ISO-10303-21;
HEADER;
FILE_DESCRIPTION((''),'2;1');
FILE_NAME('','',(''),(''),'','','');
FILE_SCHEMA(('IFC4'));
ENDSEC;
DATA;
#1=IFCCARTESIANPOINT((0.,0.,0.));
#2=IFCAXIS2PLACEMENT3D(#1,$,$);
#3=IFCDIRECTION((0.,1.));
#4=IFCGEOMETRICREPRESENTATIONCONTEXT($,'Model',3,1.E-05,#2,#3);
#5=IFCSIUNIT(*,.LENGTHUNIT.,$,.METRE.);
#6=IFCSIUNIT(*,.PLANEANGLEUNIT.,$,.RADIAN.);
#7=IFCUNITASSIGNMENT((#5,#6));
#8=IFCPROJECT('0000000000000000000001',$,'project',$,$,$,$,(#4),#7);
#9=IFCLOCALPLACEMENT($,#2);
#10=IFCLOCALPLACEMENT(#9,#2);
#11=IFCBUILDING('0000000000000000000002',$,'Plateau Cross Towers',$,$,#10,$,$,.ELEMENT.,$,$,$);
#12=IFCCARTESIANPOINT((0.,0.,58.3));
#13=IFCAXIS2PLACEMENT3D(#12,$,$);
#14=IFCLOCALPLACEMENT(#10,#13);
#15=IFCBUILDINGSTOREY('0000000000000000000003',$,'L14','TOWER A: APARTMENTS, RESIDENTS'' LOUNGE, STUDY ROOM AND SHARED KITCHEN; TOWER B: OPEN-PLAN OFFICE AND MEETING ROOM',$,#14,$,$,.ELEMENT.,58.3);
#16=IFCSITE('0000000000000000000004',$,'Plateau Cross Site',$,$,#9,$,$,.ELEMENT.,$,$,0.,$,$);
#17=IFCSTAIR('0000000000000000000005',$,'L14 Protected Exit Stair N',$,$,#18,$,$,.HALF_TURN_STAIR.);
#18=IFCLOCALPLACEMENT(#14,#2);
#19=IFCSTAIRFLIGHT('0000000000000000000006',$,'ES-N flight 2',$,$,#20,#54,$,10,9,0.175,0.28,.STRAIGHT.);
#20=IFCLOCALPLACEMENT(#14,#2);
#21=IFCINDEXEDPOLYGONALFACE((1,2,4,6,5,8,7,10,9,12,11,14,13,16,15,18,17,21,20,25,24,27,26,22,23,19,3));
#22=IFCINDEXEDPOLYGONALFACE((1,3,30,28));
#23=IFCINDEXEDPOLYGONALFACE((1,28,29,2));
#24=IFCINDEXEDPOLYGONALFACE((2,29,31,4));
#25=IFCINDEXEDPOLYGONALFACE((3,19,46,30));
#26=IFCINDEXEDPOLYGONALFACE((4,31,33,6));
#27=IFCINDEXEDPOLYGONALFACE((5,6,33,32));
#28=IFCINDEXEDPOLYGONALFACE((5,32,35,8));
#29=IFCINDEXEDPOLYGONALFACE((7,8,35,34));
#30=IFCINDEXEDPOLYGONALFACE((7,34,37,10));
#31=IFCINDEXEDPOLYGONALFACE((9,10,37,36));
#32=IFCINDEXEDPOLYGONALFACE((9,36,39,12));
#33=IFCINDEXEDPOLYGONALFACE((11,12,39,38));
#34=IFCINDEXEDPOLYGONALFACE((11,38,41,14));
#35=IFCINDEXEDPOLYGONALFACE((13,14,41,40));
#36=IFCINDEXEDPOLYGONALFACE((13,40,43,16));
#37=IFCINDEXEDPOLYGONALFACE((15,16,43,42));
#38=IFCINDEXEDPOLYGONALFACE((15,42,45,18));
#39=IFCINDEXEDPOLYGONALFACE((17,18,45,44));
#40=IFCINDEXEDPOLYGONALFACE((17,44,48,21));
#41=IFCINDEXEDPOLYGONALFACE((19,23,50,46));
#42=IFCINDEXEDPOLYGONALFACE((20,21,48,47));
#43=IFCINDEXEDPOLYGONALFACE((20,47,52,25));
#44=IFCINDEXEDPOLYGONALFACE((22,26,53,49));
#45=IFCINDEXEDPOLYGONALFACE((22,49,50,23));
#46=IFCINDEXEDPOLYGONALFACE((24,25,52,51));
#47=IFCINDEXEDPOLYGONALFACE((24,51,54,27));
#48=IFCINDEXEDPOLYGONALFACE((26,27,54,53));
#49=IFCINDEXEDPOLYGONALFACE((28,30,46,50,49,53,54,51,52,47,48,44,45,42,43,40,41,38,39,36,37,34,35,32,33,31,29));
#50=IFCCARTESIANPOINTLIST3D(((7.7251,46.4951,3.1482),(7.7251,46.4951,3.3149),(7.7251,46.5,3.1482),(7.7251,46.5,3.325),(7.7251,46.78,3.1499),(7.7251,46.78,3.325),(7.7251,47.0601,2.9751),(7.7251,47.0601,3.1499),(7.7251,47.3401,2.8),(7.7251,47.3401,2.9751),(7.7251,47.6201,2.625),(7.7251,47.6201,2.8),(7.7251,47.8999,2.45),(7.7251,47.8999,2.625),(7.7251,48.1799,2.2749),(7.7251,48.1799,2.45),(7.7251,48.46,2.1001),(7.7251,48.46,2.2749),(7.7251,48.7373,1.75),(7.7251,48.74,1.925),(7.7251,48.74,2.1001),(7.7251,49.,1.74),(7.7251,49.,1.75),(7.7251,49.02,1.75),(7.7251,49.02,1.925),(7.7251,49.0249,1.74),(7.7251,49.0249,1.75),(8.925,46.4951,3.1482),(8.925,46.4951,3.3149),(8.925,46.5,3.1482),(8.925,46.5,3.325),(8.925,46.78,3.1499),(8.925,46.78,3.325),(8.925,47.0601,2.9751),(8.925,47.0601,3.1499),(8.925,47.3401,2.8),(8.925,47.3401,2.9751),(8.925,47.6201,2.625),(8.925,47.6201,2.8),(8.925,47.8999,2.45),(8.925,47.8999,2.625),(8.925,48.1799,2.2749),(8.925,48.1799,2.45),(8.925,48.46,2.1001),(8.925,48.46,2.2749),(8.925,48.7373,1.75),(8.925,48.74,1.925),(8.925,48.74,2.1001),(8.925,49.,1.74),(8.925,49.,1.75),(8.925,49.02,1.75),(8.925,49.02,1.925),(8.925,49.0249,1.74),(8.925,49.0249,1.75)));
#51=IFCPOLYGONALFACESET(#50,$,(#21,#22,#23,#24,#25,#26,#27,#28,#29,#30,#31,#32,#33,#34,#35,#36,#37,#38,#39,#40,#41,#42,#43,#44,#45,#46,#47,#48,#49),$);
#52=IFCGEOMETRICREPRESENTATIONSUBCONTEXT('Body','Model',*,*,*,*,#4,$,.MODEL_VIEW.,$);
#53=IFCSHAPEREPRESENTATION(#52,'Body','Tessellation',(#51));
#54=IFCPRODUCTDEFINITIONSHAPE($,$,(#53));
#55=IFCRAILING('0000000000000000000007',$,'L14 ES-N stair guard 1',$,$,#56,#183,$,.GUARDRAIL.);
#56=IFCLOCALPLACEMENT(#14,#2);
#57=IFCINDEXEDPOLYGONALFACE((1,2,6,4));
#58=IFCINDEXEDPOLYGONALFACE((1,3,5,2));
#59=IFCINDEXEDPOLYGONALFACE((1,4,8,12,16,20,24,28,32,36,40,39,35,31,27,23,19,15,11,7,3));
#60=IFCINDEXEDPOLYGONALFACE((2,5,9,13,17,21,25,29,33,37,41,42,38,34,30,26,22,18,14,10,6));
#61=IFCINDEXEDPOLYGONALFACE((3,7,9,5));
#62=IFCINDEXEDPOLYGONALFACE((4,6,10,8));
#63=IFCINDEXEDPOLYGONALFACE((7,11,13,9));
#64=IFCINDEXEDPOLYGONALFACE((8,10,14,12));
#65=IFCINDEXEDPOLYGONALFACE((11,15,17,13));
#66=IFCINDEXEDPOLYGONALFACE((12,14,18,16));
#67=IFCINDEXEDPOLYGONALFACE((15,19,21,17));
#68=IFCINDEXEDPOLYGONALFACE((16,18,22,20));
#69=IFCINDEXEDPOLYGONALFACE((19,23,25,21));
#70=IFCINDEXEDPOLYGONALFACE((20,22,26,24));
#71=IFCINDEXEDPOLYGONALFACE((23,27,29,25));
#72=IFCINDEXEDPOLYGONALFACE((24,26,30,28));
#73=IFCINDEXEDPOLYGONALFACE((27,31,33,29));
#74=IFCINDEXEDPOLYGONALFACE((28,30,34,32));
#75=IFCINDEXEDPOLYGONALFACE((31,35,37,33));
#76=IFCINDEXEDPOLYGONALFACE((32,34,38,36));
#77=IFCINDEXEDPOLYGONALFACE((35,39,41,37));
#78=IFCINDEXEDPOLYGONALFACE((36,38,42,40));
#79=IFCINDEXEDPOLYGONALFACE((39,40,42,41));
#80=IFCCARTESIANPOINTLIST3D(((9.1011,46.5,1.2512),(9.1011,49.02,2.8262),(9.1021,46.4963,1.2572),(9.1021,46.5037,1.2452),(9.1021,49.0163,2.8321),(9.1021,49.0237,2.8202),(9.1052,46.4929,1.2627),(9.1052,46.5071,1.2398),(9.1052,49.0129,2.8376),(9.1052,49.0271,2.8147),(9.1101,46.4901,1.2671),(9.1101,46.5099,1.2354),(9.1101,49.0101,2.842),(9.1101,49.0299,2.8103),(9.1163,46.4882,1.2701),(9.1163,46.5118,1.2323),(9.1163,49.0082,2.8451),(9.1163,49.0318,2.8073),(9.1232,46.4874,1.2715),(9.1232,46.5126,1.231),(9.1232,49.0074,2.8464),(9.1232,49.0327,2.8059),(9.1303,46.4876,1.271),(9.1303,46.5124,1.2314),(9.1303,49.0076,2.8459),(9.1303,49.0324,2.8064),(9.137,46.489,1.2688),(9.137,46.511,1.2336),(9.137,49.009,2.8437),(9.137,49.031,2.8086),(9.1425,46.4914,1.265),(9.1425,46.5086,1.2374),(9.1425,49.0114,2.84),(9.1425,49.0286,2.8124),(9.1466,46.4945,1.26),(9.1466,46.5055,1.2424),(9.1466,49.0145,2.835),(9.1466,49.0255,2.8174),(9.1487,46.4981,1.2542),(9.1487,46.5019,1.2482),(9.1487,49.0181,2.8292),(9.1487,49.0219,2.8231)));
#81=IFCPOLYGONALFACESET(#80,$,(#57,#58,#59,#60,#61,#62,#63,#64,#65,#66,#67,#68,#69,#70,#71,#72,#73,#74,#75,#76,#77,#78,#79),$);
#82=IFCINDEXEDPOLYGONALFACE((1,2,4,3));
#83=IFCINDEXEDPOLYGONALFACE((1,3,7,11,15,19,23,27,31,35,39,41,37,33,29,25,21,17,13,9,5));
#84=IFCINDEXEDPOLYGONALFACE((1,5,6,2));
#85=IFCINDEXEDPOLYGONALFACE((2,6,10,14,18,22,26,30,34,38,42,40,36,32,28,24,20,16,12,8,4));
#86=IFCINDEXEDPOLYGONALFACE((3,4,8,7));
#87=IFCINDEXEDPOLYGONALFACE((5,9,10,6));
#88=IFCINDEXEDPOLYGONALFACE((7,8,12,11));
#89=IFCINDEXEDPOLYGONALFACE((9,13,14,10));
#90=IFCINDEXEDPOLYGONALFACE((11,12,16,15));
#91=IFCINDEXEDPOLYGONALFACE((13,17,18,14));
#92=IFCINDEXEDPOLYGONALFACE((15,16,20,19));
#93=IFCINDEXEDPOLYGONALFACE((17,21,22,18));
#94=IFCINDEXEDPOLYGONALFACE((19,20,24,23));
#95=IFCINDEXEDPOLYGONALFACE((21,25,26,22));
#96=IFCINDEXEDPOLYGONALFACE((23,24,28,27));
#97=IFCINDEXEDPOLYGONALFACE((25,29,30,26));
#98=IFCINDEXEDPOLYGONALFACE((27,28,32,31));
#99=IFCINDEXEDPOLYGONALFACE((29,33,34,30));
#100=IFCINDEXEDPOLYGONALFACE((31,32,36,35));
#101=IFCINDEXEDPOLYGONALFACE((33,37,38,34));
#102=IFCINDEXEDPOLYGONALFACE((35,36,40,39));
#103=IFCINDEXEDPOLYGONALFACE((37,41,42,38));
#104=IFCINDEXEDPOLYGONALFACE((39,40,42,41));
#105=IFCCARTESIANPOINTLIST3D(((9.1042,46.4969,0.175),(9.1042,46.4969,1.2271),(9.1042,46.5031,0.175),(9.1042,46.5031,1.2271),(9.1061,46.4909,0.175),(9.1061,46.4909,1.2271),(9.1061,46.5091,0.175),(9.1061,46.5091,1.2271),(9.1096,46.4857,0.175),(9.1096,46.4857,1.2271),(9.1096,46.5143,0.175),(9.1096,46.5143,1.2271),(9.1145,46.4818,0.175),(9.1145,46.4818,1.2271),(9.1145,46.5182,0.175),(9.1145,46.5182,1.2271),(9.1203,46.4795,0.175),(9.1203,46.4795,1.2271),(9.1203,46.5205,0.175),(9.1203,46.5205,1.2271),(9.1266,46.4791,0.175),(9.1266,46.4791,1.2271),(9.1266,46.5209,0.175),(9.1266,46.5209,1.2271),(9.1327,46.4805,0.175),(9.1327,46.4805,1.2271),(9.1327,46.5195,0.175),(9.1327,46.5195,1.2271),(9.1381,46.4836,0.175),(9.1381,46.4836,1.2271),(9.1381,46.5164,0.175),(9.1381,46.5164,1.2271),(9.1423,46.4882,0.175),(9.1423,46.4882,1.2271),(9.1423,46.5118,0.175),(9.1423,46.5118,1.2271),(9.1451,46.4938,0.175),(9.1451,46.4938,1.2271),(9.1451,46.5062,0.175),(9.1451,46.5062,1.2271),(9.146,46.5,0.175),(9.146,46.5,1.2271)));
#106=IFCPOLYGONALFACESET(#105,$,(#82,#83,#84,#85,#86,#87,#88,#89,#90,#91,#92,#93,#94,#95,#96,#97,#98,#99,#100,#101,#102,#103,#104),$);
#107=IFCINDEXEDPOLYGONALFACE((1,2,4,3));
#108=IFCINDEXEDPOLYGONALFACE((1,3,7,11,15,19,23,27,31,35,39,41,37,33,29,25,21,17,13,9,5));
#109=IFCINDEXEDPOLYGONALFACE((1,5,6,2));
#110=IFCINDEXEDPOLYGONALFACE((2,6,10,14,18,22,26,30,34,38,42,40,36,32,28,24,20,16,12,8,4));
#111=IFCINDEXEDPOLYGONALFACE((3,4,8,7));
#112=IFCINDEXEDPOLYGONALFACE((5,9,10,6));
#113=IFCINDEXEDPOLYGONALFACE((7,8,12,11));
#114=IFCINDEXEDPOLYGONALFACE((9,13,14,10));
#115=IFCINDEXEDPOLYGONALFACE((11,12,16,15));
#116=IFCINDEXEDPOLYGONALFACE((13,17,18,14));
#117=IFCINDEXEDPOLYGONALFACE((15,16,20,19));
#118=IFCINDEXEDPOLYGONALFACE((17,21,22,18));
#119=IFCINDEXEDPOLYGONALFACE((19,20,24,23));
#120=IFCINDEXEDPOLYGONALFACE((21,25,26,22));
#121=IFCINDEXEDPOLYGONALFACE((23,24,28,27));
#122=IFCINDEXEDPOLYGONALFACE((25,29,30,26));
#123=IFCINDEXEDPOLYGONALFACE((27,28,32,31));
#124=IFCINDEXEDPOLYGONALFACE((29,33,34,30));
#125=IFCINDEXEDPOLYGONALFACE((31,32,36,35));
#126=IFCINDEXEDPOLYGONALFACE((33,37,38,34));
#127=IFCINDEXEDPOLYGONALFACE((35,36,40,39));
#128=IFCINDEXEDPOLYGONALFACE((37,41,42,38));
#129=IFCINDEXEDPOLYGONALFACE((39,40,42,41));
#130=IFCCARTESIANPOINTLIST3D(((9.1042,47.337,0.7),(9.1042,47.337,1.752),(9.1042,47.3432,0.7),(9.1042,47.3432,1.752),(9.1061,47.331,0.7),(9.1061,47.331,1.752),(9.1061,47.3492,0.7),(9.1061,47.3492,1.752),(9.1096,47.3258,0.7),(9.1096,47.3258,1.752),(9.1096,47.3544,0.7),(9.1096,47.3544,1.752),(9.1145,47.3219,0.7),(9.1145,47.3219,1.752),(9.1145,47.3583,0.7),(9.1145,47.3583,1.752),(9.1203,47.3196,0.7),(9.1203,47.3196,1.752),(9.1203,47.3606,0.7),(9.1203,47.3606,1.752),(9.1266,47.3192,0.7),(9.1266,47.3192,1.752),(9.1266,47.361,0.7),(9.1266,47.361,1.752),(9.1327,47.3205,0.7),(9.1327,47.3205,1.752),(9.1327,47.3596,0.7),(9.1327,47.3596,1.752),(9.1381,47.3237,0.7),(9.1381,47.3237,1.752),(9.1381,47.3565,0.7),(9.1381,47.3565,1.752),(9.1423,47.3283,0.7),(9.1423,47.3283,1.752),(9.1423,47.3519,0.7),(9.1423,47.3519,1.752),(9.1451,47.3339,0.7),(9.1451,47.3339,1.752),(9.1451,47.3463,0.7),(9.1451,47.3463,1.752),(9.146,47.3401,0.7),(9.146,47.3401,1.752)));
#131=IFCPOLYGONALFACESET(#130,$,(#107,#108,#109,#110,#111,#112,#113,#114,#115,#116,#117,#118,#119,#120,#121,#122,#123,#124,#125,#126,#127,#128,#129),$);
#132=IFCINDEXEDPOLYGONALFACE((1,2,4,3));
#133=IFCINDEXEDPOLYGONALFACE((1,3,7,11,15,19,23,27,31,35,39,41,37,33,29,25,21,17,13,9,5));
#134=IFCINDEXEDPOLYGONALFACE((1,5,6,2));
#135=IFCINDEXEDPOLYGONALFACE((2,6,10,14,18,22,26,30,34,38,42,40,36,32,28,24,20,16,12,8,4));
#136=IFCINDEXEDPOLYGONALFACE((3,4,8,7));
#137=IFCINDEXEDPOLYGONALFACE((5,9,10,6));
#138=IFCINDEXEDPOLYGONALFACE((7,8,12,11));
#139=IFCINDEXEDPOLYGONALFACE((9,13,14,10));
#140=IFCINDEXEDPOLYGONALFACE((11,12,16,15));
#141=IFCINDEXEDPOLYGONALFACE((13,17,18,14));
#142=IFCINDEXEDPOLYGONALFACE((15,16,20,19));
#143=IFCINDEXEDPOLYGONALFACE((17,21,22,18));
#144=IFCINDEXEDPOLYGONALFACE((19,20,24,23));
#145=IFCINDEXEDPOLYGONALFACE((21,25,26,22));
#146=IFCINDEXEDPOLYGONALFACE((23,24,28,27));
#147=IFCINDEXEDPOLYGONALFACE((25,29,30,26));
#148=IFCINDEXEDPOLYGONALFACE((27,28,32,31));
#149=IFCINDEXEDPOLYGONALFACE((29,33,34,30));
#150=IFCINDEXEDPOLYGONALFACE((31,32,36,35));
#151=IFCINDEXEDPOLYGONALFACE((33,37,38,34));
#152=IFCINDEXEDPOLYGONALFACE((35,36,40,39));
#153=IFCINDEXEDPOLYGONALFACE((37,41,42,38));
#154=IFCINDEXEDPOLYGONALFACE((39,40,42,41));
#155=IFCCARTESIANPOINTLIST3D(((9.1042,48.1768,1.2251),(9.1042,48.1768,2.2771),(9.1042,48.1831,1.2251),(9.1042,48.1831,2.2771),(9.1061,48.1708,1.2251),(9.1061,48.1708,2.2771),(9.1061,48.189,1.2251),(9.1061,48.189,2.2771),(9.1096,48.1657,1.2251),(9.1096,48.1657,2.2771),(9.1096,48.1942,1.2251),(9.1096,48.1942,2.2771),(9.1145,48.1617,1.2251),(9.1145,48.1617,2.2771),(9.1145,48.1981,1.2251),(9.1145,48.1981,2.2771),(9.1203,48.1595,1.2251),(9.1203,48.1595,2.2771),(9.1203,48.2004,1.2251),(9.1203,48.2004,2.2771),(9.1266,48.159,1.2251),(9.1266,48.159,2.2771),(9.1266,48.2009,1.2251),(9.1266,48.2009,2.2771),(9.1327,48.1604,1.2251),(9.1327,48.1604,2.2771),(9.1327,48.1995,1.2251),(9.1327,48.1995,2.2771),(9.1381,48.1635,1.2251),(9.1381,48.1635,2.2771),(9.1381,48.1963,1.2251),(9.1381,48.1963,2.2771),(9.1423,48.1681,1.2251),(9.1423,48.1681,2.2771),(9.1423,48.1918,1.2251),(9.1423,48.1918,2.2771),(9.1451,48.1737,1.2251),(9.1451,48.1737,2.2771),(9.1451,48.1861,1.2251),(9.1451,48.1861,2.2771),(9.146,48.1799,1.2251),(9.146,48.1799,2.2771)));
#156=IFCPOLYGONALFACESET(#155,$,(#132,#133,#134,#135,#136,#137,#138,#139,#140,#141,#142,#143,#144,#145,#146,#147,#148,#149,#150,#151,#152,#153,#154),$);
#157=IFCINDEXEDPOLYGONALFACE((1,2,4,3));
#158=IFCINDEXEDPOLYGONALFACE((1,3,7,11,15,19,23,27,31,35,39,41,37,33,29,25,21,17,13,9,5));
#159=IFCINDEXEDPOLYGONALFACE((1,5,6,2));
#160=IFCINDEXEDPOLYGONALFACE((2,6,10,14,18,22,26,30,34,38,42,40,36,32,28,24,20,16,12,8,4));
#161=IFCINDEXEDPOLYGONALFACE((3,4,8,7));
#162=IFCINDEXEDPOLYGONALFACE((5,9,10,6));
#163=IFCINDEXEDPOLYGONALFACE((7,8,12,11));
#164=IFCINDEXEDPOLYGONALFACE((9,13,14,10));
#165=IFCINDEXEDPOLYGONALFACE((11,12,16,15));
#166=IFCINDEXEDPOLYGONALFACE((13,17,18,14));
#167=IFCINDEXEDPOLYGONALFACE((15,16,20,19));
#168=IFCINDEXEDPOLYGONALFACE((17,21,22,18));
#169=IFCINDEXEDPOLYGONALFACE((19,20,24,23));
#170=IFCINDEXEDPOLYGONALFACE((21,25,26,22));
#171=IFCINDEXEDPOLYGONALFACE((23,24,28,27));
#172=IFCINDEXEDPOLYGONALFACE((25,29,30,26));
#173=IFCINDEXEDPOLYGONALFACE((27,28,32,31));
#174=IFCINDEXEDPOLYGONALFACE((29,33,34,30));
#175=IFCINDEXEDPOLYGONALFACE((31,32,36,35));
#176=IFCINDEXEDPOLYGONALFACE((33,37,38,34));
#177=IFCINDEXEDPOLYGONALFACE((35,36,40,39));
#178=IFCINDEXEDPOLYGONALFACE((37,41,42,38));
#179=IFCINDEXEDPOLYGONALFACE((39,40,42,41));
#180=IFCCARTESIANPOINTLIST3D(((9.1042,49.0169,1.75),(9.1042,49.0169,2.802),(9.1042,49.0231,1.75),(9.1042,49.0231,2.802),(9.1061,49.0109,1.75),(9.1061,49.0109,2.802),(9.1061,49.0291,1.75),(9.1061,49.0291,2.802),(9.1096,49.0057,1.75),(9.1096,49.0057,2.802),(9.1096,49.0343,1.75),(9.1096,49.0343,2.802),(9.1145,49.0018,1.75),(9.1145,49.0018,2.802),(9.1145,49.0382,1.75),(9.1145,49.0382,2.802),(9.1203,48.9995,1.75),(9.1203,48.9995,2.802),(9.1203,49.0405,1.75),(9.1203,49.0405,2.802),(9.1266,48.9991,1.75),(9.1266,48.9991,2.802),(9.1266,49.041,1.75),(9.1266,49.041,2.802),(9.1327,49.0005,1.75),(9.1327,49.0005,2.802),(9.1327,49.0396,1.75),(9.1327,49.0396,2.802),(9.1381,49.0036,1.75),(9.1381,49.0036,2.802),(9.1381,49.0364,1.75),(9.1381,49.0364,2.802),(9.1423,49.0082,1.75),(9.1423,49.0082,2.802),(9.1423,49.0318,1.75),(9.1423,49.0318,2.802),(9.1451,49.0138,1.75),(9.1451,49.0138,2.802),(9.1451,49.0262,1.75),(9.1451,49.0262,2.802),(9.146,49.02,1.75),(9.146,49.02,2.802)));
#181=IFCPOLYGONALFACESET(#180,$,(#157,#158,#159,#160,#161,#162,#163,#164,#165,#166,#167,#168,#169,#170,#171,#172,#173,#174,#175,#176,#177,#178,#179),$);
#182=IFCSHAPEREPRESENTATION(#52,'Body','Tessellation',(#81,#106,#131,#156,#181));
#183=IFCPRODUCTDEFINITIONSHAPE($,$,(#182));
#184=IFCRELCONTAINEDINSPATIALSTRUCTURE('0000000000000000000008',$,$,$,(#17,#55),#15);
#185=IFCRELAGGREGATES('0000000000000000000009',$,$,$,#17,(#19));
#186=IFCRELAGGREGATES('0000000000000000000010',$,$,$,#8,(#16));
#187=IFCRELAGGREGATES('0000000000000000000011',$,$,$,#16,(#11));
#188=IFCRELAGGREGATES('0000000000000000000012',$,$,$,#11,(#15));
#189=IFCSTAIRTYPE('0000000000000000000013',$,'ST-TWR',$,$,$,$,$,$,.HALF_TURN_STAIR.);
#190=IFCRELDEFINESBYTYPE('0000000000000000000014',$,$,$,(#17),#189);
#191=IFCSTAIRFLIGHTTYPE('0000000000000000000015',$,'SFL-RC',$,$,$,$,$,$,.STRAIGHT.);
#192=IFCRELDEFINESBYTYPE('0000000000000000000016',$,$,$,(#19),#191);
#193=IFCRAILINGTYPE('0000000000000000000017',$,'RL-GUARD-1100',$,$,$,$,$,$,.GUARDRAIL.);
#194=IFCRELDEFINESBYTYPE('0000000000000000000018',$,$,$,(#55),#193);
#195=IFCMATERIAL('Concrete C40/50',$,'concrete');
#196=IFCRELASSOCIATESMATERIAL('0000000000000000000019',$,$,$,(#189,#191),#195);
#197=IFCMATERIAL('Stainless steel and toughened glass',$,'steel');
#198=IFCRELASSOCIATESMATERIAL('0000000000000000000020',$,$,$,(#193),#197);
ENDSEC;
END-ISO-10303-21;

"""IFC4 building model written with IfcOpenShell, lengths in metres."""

from ifc_helpers import new_model, si_unit, direction, frame, origin, origin_2d, place, context, subcontext, project, spatial, polyline, circle, outline, extrude, material, type_object, element, aggregate, save


model = new_model("IFC4")

# Units and contexts
model_context = context("Model", 3, precision=1e-05, world=origin(), true_north=direction((0.0, 1.0)))
body_context = subcontext(model_context, "Body", "Model", "MODEL_VIEW")
ifc_project = project(units=[si_unit("LENGTHUNIT", "METRE"), si_unit("PLANEANGLEUNIT", "RADIAN")], contexts=[model_context])

# Site, building, storey
site_placement = place(None, origin())
site = spatial("IfcSite", under=ifc_project, at=site_placement, Name="Plateau Cross Site", CompositionType="ELEMENT", RefElevation=0.0)
building_placement = place(site_placement, origin())
building = spatial("IfcBuilding", under=site, at=building_placement, Name="Plateau Cross Towers", CompositionType="ELEMENT")
storey_placement = place(building_placement, frame((0.0, 0.0, 58.3)))
storey = spatial("IfcBuildingStorey", under=building, at=storey_placement, Name="L14", Description="TOWER A: APARTMENTS, RESIDENTS' LOUNGE, STUDY ROOM AND SHARED KITCHEN; TOWER B: OPEN-PLAN OFFICE AND MEETING ROOM", CompositionType="ELEMENT", Elevation=58.3)

# Stair, stair flight
ifc_material_1 = material(Name="Concrete C40/50", Category="concrete")
stair_type = type_object("IfcStairType", Name="ST-TWR", PredefinedType="HALF_TURN_STAIR", material=ifc_material_1)
stair_placement = place(storey_placement, origin())
stair = element("IfcStair", 1, at=stair_placement, inside=storey, type_object=stair_type, Name="L14 Protected Exit Stair N", PredefinedType="HALF_TURN_STAIR")
stair_flight_type = type_object("IfcStairFlightType", Name="SFL-RC", PredefinedType="STRAIGHT", material=ifc_material_1)
stair_flight_1_placement = place(storey_placement, frame((8.325, 49.02, 1.75), z_axis=(0.0, 0.0, 1.0), x_axis=(0.0, -1.0, 0.0)))
stair_flight_1 = element("IfcStairFlight", 2, at=stair_flight_1_placement, type_object=stair_flight_type, Name="ES-N flight 2", NumberOfRisers=10, NumberOfTreads=9, PredefinedType="STRAIGHT", RiserHeight=0.175, TreadLength=0.28, context=body_context, shape_type="SweptSolid", body=[
    extrude(outline(polyline([(-0.0049, -0.01), (-0.0049, 0.0), (0.0, 0.0), (0.0, 0.175), (0.28, 0.175), (0.28, 0.3501), (0.5601, 0.3501), (0.5601, 0.5249), (0.8401, 0.5249), (0.8401, 0.7), (1.1201, 0.7), (1.1201, 0.875), (1.3999, 0.875), (1.3999, 1.05), (1.6799, 1.05), (1.6799, 1.2251), (1.96, 1.2251), (1.96, 1.3999), (2.24, 1.3999), (2.24, 1.575), (2.52, 1.575), (2.5249, 1.5649), (2.5249, 1.3982), (2.52, 1.3982), (0.2827, 0.0), (0.02, 0.0), (0.02, -0.01), (-0.0049, -0.01)])), frame((0.0, 0.6001, 0.0), z_axis=(0.0, -1.0, 0.0), x_axis=(1.0, 0.0, 0.0)), (0.0, 0.0, 1.0), 1.2),
])
aggregate(stair, [stair_flight_1])

# Railing
ifc_material_2 = material(Name="Stainless steel and toughened glass", Category="steel")
railing_type_1 = type_object("IfcRailingType", Name="RL-GUARD-1100", PredefinedType="GUARDRAIL", material=ifc_material_2)
railing_1_placement = place(storey_placement, frame((9.125, 46.5, 0.175)))
element("IfcRailing", 3, at=railing_1_placement, inside=storey, type_object=railing_type_1, Name="L14 ES-N stair guard 1", PredefinedType="GUARDRAIL", context=body_context, shape_type="SweptSolid", body=[
    extrude(circle(Radius=0.0239, at=origin_2d()), frame((0.0, 0.0, 1.0762), z_axis=(0.0, 0.848008, 0.529984), x_axis=(-1.0, 0.0, 0.0)), (0.0, 0.0, 1.0), 2.9717),
    extrude(circle(Radius=0.021, at=origin_2d()), origin(), (0.0, 0.0, 1.0), 1.052),
    extrude(circle(Radius=0.021, at=origin_2d()), frame((0.0, 0.8401, 0.5249)), (0.0, 0.0, 1.0), 1.052),
    extrude(circle(Radius=0.021, at=origin_2d()), frame((0.0, 1.6799, 1.05)), (0.0, 0.0, 1.0), 1.052),
    extrude(circle(Radius=0.021, at=origin_2d()), frame((0.0, 2.52, 1.575)), (0.0, 0.0, 1.0), 1.052),
])

save(model, "model.ifc")
